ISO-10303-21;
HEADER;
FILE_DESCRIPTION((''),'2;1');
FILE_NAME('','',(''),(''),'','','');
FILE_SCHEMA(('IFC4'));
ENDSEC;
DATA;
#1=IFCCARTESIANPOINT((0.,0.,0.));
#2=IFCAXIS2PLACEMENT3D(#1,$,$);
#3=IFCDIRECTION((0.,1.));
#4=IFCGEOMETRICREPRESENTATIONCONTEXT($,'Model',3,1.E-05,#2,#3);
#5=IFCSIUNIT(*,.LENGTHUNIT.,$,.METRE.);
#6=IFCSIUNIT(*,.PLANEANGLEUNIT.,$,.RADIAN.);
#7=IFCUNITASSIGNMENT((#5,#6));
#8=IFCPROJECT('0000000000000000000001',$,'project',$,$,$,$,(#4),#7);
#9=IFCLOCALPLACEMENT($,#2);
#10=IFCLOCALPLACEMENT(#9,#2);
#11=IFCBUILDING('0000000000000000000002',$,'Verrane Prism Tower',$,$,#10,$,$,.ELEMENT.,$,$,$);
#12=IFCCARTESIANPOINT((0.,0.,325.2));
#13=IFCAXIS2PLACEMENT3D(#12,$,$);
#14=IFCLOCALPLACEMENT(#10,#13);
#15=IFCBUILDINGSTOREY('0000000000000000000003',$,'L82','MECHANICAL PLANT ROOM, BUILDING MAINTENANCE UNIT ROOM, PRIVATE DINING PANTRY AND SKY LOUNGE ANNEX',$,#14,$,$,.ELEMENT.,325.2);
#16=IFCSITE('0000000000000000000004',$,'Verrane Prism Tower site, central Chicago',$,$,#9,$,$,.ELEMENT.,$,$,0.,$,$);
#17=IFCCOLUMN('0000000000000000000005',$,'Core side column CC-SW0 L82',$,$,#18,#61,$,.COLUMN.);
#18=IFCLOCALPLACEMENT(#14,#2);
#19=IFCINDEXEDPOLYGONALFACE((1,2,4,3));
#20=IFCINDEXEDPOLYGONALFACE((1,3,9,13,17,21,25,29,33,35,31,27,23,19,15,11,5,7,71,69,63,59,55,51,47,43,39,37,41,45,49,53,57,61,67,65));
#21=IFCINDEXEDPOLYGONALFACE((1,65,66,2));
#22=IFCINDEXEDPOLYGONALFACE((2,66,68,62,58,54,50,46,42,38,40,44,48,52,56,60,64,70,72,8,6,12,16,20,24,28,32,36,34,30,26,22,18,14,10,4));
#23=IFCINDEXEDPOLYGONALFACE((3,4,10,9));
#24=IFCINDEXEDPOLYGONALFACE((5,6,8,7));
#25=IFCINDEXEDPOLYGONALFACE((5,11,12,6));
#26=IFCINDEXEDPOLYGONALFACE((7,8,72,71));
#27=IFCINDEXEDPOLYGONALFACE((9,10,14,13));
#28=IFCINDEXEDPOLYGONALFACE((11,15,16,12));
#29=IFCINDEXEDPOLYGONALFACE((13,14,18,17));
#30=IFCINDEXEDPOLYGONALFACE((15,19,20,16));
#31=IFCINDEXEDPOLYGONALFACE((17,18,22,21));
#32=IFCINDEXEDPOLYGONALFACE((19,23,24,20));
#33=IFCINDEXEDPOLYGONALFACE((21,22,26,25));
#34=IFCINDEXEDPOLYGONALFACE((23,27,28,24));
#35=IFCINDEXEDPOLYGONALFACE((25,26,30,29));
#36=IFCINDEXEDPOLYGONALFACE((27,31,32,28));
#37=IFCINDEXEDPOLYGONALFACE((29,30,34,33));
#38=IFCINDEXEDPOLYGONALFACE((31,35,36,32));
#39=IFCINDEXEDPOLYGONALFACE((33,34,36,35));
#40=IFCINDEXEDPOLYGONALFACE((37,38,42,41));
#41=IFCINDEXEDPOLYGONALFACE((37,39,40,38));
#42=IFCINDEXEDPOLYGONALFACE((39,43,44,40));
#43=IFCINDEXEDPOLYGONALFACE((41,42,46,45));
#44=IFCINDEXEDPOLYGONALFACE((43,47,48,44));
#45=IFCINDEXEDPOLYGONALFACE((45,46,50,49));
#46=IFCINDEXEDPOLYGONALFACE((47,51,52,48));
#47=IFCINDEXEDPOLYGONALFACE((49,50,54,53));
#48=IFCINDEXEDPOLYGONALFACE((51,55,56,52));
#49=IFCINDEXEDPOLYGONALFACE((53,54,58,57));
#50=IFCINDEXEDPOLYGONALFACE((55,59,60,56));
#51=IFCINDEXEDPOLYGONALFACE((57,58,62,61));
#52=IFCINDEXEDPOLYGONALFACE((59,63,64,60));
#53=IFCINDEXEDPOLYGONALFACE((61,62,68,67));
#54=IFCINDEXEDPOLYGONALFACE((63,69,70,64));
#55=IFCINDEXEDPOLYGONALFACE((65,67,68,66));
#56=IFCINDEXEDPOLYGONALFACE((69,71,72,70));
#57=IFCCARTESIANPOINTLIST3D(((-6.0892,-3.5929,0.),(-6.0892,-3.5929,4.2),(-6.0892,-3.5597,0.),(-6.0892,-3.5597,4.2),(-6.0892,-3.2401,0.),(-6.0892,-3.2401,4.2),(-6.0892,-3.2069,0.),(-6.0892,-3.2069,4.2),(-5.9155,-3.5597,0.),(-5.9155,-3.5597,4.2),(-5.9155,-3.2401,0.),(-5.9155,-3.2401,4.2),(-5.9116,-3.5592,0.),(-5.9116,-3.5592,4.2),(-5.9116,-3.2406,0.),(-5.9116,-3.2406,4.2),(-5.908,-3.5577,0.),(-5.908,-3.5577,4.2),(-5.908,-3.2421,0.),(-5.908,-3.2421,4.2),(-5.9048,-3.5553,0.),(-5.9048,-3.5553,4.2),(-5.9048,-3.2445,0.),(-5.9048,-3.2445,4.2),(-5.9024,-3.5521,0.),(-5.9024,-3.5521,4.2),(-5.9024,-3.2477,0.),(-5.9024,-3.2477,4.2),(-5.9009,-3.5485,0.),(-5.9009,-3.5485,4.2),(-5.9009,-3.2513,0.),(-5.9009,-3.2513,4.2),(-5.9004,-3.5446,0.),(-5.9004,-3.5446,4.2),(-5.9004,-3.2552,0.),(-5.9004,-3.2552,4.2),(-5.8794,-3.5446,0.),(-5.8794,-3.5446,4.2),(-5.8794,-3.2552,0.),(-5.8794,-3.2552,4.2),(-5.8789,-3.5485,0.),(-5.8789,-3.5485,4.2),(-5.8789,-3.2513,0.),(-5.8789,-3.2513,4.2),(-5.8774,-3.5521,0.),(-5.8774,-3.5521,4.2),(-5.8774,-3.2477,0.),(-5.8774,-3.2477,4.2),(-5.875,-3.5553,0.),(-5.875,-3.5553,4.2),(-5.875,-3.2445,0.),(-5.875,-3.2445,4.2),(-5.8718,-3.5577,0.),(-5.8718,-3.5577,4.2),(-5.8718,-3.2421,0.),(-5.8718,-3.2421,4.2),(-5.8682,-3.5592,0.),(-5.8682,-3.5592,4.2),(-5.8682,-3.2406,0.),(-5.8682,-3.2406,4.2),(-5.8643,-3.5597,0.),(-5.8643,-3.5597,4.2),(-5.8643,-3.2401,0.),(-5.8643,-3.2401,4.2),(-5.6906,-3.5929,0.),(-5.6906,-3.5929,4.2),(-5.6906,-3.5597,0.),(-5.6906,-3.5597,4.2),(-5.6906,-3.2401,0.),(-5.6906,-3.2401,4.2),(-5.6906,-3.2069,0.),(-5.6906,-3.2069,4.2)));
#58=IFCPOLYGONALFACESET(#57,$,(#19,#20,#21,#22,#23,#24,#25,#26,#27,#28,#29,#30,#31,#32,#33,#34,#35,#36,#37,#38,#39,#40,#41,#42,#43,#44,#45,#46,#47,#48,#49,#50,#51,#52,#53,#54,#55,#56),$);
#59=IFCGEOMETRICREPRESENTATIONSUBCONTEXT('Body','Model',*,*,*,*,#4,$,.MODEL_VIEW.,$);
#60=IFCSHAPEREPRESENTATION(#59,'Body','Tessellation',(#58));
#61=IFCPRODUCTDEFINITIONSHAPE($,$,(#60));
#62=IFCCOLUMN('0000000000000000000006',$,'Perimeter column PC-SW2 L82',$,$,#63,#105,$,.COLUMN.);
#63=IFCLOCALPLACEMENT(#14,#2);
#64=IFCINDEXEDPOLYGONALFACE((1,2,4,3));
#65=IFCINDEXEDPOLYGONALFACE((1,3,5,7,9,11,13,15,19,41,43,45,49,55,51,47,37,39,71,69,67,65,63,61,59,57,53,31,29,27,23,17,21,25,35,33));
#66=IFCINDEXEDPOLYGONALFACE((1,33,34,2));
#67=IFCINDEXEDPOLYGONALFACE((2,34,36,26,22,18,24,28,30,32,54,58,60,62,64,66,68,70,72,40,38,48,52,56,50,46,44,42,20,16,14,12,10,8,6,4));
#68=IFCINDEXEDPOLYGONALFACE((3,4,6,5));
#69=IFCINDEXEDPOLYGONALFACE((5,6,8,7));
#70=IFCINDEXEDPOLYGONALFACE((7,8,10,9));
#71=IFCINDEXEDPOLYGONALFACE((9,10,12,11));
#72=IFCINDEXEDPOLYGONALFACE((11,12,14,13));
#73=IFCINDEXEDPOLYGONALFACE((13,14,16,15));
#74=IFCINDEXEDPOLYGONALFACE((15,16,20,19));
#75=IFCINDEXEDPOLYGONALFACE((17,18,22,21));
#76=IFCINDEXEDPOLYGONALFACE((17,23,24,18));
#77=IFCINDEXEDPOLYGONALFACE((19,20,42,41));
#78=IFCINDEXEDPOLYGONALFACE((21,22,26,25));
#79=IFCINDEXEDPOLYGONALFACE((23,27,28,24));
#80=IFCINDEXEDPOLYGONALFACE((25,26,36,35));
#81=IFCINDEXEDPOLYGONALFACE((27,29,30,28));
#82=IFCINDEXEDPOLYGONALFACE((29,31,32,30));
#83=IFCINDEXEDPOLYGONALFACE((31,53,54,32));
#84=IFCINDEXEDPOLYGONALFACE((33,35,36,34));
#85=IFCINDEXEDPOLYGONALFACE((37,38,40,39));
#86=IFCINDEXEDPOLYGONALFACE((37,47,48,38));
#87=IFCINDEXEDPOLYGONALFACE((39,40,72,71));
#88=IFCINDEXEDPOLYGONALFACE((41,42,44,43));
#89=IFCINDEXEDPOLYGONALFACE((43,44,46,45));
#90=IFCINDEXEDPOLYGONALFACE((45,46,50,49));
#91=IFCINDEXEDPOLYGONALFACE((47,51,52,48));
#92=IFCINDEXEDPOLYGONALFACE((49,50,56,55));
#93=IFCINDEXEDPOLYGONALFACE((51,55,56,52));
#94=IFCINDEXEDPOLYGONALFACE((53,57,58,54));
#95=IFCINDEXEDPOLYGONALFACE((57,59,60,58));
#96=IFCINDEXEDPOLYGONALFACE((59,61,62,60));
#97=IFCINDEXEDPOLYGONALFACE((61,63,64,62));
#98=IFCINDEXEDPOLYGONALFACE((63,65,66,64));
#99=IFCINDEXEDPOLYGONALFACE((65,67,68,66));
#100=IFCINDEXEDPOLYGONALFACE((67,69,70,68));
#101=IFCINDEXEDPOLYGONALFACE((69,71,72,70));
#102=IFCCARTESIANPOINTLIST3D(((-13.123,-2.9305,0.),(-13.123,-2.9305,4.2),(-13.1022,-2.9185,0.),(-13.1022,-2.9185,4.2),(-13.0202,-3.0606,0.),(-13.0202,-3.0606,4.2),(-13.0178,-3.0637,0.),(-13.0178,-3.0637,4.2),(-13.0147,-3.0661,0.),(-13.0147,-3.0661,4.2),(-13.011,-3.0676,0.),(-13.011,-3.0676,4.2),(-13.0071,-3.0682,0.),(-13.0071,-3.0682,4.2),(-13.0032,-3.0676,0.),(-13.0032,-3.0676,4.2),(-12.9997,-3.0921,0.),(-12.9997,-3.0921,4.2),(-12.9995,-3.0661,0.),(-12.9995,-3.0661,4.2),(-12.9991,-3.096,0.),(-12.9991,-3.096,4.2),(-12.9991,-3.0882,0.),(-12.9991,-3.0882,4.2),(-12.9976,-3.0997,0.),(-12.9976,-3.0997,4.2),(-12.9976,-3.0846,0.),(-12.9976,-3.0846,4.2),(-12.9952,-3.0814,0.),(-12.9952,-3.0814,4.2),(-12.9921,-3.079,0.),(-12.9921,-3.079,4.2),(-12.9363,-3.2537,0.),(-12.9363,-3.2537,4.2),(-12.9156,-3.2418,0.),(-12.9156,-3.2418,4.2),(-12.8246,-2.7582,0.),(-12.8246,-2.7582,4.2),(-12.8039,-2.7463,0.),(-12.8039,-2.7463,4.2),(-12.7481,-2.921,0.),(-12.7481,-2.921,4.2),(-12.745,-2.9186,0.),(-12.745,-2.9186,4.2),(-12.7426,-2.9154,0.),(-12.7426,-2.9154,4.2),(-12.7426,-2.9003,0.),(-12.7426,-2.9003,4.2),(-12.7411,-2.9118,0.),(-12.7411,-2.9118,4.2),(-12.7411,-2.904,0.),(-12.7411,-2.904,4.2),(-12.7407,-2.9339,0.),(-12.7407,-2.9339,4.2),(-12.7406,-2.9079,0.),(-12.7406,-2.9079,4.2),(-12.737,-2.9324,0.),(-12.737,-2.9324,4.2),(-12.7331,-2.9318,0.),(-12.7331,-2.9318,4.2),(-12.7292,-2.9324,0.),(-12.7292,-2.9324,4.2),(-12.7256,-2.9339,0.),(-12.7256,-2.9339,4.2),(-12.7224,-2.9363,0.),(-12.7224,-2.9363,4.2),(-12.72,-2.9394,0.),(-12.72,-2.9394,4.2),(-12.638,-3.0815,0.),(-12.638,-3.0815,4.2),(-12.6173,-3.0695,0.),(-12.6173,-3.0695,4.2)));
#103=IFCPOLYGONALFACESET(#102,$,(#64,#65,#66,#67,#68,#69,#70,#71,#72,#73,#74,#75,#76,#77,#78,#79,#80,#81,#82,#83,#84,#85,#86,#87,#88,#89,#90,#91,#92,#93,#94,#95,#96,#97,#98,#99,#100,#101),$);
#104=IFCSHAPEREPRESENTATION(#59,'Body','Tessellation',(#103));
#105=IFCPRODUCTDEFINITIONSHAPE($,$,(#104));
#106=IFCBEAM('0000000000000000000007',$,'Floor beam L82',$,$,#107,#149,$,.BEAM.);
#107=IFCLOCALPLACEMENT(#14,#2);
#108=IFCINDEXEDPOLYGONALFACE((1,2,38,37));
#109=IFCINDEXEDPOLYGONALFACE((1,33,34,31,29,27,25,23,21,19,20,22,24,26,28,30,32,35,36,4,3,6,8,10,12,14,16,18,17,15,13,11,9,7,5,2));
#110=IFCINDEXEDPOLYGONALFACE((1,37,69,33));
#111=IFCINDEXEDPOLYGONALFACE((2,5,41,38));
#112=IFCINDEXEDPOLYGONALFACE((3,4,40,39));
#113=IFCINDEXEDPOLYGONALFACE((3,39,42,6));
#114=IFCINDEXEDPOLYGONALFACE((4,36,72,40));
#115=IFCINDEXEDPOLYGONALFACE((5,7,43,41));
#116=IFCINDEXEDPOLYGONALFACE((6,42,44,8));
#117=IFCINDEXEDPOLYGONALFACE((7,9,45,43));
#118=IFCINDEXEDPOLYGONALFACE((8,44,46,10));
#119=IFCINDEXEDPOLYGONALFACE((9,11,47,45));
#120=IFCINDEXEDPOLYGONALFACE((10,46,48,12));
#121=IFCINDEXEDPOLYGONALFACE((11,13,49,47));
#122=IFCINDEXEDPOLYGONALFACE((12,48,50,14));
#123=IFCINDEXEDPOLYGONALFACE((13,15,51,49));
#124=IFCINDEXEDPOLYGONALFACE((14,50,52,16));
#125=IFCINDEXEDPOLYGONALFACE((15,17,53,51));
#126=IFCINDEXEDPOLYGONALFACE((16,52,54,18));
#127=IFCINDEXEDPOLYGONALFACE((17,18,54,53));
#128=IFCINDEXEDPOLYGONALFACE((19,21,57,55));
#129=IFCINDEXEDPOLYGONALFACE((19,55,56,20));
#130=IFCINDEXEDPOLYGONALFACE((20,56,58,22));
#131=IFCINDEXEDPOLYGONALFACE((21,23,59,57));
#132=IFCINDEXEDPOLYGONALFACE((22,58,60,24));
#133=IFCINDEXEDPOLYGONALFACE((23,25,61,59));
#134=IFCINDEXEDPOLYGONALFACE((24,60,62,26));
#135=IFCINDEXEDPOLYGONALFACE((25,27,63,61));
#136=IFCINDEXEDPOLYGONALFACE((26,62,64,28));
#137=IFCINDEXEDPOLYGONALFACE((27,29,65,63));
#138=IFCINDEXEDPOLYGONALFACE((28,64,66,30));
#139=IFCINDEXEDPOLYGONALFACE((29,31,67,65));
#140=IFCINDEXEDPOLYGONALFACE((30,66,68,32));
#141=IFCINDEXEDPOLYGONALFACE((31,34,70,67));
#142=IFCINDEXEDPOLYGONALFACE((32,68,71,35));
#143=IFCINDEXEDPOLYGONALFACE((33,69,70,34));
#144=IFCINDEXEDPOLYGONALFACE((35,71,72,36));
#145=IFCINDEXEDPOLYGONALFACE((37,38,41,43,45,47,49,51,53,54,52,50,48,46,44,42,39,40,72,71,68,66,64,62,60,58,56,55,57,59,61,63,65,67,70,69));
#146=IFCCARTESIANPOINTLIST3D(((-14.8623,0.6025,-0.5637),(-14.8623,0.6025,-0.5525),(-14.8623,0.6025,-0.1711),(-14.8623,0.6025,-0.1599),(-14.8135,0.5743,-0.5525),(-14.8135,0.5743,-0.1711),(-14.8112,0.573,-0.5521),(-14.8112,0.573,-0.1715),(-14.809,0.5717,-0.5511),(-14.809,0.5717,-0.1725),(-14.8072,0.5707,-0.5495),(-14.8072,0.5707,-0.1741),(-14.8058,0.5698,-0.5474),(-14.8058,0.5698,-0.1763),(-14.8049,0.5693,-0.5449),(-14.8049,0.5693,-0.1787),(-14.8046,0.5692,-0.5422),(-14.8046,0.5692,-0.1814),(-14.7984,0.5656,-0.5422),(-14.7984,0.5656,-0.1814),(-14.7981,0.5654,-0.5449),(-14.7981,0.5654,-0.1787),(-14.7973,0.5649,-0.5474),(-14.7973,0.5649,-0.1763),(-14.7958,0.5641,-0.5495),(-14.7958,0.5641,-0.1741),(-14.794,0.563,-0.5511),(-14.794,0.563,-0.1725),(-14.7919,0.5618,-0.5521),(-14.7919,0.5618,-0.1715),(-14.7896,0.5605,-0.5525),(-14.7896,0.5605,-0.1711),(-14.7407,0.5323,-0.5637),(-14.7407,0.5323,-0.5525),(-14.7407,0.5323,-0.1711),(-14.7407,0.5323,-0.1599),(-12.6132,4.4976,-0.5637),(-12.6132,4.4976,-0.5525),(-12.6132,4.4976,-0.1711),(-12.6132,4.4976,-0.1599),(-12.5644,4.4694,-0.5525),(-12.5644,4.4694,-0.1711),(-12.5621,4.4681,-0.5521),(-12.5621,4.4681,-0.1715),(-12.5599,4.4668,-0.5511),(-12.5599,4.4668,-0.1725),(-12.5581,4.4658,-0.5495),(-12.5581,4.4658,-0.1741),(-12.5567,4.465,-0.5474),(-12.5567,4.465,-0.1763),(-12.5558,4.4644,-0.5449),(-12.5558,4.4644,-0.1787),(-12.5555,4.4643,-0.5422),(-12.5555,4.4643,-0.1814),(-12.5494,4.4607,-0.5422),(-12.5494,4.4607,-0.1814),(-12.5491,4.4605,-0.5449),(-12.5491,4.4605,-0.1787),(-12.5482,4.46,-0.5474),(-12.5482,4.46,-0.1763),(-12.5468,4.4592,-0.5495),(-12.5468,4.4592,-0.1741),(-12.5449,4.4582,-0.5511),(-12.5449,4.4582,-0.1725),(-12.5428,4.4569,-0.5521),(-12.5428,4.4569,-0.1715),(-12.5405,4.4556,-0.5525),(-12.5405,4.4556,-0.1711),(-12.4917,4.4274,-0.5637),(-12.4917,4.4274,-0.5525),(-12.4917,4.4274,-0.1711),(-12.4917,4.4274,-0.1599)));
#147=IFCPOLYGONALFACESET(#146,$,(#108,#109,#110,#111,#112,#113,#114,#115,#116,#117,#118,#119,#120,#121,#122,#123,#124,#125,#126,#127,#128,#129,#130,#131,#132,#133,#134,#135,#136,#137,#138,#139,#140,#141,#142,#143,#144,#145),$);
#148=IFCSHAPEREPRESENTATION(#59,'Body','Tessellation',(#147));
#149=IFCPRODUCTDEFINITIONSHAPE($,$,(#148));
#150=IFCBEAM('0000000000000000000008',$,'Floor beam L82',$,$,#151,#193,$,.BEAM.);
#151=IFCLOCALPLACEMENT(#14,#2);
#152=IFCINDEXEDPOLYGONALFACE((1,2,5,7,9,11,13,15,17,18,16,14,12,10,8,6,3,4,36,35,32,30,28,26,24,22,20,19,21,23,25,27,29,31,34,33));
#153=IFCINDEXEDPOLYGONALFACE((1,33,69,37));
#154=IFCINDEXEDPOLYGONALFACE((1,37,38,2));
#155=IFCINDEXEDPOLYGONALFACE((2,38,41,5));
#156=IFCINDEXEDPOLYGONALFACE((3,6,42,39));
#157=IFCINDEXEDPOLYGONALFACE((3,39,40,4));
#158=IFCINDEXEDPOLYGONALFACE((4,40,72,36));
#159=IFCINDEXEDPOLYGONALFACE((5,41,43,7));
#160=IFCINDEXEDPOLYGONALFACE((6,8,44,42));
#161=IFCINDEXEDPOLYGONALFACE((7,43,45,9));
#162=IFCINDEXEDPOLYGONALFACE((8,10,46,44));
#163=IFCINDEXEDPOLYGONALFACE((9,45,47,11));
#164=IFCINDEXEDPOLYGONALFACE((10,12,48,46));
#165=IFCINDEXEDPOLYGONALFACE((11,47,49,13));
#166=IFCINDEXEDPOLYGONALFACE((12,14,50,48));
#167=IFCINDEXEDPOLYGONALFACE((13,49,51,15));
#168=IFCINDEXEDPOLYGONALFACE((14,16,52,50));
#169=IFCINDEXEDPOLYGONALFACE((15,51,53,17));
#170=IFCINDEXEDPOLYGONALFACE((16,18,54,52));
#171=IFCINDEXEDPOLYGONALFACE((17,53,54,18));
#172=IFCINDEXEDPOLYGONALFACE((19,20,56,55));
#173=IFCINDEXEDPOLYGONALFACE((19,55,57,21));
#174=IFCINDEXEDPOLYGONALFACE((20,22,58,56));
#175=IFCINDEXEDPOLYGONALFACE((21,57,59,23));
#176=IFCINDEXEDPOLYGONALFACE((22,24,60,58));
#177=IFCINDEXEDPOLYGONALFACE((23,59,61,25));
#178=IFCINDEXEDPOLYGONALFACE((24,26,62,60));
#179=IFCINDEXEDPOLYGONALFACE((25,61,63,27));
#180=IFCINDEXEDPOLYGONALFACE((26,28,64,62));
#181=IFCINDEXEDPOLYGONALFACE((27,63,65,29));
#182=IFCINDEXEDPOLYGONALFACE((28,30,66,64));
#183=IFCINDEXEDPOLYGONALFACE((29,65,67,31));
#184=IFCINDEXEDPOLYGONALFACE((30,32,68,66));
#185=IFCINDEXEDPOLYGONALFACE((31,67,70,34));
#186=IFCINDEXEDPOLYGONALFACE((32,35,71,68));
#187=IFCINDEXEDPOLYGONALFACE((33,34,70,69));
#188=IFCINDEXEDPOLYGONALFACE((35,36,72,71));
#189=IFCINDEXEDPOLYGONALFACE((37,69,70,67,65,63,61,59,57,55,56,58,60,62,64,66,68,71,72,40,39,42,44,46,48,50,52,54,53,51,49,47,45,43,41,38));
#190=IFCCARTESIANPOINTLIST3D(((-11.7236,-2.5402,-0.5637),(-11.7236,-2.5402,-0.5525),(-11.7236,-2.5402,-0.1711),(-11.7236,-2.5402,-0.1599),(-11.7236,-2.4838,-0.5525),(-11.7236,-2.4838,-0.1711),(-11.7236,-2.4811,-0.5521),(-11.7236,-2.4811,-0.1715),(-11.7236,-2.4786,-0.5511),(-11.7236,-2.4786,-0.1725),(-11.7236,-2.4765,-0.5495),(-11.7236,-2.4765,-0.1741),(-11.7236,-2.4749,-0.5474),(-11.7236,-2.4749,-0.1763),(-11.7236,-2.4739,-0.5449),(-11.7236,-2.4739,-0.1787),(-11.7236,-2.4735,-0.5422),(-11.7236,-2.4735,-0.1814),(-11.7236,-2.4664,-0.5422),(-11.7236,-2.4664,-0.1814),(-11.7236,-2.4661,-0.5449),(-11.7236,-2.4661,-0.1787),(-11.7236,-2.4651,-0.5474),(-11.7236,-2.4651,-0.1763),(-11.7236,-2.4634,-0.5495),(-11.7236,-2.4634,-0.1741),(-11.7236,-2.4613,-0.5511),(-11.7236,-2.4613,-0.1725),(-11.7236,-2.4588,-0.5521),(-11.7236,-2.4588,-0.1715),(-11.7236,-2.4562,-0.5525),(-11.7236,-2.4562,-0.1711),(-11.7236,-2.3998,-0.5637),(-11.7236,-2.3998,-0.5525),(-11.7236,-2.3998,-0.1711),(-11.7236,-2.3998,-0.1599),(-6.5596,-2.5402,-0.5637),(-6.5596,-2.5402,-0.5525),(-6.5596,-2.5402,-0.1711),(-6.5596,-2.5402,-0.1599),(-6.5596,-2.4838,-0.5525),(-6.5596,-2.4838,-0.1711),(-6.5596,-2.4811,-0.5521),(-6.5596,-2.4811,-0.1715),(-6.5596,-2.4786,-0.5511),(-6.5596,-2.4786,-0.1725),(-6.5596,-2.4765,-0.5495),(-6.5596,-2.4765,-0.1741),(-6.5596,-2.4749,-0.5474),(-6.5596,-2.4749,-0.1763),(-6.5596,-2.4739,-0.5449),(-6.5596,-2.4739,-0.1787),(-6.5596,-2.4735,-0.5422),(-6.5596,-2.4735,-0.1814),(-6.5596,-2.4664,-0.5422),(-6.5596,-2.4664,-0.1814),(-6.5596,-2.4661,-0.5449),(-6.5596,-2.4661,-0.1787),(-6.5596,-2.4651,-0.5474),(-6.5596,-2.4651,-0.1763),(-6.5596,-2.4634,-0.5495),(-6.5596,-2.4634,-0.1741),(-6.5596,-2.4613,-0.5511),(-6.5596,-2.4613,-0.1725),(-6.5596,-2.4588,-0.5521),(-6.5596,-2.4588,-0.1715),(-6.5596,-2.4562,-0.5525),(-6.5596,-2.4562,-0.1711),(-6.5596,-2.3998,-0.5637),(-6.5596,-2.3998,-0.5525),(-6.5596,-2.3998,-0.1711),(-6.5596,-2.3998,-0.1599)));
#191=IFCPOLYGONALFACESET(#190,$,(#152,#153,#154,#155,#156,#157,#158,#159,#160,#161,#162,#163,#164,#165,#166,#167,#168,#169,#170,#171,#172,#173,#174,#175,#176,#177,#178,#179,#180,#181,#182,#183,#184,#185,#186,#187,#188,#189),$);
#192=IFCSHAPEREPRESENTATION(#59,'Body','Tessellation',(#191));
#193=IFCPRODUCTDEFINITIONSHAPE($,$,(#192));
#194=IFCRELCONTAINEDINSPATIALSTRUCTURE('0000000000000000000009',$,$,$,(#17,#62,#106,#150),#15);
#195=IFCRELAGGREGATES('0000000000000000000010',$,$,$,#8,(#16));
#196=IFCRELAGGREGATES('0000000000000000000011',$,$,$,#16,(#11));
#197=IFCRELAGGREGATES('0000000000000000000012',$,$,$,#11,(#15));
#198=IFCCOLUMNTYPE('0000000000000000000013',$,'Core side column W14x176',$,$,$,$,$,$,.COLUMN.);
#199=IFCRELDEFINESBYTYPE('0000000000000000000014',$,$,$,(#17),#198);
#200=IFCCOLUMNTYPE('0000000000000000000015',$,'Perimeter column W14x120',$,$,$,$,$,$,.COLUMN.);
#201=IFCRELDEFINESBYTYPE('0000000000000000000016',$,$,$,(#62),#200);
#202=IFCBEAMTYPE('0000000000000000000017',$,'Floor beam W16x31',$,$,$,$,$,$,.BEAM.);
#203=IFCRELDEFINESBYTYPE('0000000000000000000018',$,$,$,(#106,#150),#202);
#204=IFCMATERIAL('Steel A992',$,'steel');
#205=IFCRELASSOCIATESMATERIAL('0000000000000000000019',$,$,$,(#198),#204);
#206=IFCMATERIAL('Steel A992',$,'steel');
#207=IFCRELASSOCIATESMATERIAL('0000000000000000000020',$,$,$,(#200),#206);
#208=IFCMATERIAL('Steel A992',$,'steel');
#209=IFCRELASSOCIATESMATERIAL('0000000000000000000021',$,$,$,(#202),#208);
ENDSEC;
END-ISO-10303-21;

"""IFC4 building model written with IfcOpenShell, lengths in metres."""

from ifc_helpers import new_model, si_unit, direction, frame, origin, origin_2d, place, context, subcontext, project, spatial, i_section, extrude, material, material_profile, profile_set, type_object, element, save


model = new_model("IFC4")

# Units and contexts
model_context = context("Model", 3, precision=1e-05, world=origin(), true_north=direction((0.0, 1.0)))
body_context = subcontext(model_context, "Body", "Model", "MODEL_VIEW")
ifc_project = project(units=[si_unit("LENGTHUNIT", "METRE"), si_unit("PLANEANGLEUNIT", "RADIAN")], contexts=[model_context])

# Site, building, storey
site_placement = place(None, origin())
site = spatial("IfcSite", under=ifc_project, at=site_placement, Name="Verrane Prism Tower site, central Chicago", CompositionType="ELEMENT", RefElevation=0.0)
building_placement = place(site_placement, origin())
building = spatial("IfcBuilding", under=site, at=building_placement, Name="Verrane Prism Tower", CompositionType="ELEMENT")
storey_placement = place(building_placement, frame((0.0, 0.0, 325.2)))
storey = spatial("IfcBuildingStorey", under=building, at=storey_placement, Name="L82", Description="MECHANICAL PLANT ROOM, BUILDING MAINTENANCE UNIT ROOM, PRIVATE DINING PANTRY AND SKY LOUNGE ANNEX", CompositionType="ELEMENT", Elevation=325.2)

# Columns
ifc_material_1 = material(Name="Steel A992", Category="steel")
ifc_material_profile_1 = material_profile(ifc_material_1, i_section(OverallWidth=0.3987, OverallDepth=0.386, WebThickness=0.021, FlangeThickness=0.0332, FilletRadius=0.0151, at=origin_2d()), Name="W14x176")
ifc_profile_set_1 = profile_set([ifc_material_profile_1], Name="Steel A992")
column_type_1 = type_object("IfcColumnType", Name="Core side column W14x176", PredefinedType="COLUMN", material=ifc_profile_set_1)
column_1_placement = place(storey_placement, frame((-5.8899, -3.3999, 0.0), z_axis=(0.0, 0.0, 1.0), x_axis=(1.0, 0.0, 0.0)))
element("IfcColumn", 1, at=column_1_placement, inside=storey, type_object=column_type_1, Name="Core side column CC-SW0 L82", PredefinedType="COLUMN", context=body_context, shape_type="SweptSolid", body=[
    extrude(i_section(OverallWidth=0.3987, OverallDepth=0.386, WebThickness=0.021, FlangeThickness=0.0332, FilletRadius=0.0151, at=origin_2d()), origin(), (0.0, 0.0, 1.0), 4.2),
])
ifc_material_2 = material(Name="Steel A992", Category="steel")
ifc_material_profile_2 = material_profile(ifc_material_2, i_section(OverallWidth=0.3733, OverallDepth=0.3684, WebThickness=0.0149, FlangeThickness=0.0239, FilletRadius=0.0151, at=origin_2d()), Name="W14x120")
ifc_profile_set_2 = profile_set([ifc_material_profile_2], Name="Steel A992")
column_type_2 = type_object("IfcColumnType", Name="Perimeter column W14x120", PredefinedType="COLUMN", material=ifc_profile_set_2)
column_2_placement = place(storey_placement, frame((-12.8701, -3.0, 0.0), z_axis=(0.0, 0.0, 1.0), x_axis=(-0.5, 0.866025, 0.0)))
element("IfcColumn", 2, at=column_2_placement, inside=storey, type_object=column_type_2, Name="Perimeter column PC-SW2 L82", PredefinedType="COLUMN", context=body_context, shape_type="SweptSolid", body=[
    extrude(i_section(OverallWidth=0.3733, OverallDepth=0.3684, WebThickness=0.0149, FlangeThickness=0.0239, FilletRadius=0.0151, at=origin_2d()), origin(), (0.0, 0.0, 1.0), 4.2),
])

# Beams
ifc_material_3 = material(Name="Steel A992", Category="steel")
ifc_material_profile_3 = material_profile(ifc_material_3, i_section(OverallWidth=0.1404, OverallDepth=0.4038, WebThickness=0.0071, FlangeThickness=0.0112, FilletRadius=0.0103, at=origin_2d()), Name="W16x31")
ifc_profile_set_3 = profile_set([ifc_material_profile_3], Name="Steel A992")
beam_type_1 = type_object("IfcBeamType", Name="Floor beam W16x31", PredefinedType="BEAM", material=ifc_profile_set_3)
beam_1_placement = place(storey_placement, frame((-14.8015, 0.5674, -0.3618), z_axis=(0.500039, 0.866003, 0.0), x_axis=(-0.866003, 0.500039, 0.0)))
element("IfcBeam", 3, at=beam_1_placement, inside=storey, type_object=beam_type_1, Name="Floor beam L82", PredefinedType="BEAM", context=body_context, shape_type="SweptSolid", body=[
    extrude(i_section(OverallWidth=0.1404, OverallDepth=0.4038, WebThickness=0.0071, FlangeThickness=0.0112, FilletRadius=0.0103, at=origin_2d()), origin(), (0.0, 0.0, 1.0), 4.4978),
])
beam_2_placement = place(storey_placement, frame((-11.7236, -2.47, -0.3618), z_axis=(1.0, 0.0, 0.0), x_axis=(0.0, 1.0, 0.0)))
element("IfcBeam", 4, at=beam_2_placement, inside=storey, type_object=beam_type_1, Name="Floor beam L82", PredefinedType="BEAM", context=body_context, shape_type="SweptSolid", body=[
    extrude(i_section(OverallWidth=0.1404, OverallDepth=0.4038, WebThickness=0.0071, FlangeThickness=0.0112, FilletRadius=0.0103, at=origin_2d()), origin(), (0.0, 0.0, 1.0), 5.1641),
])

save(model, "model.ifc")
